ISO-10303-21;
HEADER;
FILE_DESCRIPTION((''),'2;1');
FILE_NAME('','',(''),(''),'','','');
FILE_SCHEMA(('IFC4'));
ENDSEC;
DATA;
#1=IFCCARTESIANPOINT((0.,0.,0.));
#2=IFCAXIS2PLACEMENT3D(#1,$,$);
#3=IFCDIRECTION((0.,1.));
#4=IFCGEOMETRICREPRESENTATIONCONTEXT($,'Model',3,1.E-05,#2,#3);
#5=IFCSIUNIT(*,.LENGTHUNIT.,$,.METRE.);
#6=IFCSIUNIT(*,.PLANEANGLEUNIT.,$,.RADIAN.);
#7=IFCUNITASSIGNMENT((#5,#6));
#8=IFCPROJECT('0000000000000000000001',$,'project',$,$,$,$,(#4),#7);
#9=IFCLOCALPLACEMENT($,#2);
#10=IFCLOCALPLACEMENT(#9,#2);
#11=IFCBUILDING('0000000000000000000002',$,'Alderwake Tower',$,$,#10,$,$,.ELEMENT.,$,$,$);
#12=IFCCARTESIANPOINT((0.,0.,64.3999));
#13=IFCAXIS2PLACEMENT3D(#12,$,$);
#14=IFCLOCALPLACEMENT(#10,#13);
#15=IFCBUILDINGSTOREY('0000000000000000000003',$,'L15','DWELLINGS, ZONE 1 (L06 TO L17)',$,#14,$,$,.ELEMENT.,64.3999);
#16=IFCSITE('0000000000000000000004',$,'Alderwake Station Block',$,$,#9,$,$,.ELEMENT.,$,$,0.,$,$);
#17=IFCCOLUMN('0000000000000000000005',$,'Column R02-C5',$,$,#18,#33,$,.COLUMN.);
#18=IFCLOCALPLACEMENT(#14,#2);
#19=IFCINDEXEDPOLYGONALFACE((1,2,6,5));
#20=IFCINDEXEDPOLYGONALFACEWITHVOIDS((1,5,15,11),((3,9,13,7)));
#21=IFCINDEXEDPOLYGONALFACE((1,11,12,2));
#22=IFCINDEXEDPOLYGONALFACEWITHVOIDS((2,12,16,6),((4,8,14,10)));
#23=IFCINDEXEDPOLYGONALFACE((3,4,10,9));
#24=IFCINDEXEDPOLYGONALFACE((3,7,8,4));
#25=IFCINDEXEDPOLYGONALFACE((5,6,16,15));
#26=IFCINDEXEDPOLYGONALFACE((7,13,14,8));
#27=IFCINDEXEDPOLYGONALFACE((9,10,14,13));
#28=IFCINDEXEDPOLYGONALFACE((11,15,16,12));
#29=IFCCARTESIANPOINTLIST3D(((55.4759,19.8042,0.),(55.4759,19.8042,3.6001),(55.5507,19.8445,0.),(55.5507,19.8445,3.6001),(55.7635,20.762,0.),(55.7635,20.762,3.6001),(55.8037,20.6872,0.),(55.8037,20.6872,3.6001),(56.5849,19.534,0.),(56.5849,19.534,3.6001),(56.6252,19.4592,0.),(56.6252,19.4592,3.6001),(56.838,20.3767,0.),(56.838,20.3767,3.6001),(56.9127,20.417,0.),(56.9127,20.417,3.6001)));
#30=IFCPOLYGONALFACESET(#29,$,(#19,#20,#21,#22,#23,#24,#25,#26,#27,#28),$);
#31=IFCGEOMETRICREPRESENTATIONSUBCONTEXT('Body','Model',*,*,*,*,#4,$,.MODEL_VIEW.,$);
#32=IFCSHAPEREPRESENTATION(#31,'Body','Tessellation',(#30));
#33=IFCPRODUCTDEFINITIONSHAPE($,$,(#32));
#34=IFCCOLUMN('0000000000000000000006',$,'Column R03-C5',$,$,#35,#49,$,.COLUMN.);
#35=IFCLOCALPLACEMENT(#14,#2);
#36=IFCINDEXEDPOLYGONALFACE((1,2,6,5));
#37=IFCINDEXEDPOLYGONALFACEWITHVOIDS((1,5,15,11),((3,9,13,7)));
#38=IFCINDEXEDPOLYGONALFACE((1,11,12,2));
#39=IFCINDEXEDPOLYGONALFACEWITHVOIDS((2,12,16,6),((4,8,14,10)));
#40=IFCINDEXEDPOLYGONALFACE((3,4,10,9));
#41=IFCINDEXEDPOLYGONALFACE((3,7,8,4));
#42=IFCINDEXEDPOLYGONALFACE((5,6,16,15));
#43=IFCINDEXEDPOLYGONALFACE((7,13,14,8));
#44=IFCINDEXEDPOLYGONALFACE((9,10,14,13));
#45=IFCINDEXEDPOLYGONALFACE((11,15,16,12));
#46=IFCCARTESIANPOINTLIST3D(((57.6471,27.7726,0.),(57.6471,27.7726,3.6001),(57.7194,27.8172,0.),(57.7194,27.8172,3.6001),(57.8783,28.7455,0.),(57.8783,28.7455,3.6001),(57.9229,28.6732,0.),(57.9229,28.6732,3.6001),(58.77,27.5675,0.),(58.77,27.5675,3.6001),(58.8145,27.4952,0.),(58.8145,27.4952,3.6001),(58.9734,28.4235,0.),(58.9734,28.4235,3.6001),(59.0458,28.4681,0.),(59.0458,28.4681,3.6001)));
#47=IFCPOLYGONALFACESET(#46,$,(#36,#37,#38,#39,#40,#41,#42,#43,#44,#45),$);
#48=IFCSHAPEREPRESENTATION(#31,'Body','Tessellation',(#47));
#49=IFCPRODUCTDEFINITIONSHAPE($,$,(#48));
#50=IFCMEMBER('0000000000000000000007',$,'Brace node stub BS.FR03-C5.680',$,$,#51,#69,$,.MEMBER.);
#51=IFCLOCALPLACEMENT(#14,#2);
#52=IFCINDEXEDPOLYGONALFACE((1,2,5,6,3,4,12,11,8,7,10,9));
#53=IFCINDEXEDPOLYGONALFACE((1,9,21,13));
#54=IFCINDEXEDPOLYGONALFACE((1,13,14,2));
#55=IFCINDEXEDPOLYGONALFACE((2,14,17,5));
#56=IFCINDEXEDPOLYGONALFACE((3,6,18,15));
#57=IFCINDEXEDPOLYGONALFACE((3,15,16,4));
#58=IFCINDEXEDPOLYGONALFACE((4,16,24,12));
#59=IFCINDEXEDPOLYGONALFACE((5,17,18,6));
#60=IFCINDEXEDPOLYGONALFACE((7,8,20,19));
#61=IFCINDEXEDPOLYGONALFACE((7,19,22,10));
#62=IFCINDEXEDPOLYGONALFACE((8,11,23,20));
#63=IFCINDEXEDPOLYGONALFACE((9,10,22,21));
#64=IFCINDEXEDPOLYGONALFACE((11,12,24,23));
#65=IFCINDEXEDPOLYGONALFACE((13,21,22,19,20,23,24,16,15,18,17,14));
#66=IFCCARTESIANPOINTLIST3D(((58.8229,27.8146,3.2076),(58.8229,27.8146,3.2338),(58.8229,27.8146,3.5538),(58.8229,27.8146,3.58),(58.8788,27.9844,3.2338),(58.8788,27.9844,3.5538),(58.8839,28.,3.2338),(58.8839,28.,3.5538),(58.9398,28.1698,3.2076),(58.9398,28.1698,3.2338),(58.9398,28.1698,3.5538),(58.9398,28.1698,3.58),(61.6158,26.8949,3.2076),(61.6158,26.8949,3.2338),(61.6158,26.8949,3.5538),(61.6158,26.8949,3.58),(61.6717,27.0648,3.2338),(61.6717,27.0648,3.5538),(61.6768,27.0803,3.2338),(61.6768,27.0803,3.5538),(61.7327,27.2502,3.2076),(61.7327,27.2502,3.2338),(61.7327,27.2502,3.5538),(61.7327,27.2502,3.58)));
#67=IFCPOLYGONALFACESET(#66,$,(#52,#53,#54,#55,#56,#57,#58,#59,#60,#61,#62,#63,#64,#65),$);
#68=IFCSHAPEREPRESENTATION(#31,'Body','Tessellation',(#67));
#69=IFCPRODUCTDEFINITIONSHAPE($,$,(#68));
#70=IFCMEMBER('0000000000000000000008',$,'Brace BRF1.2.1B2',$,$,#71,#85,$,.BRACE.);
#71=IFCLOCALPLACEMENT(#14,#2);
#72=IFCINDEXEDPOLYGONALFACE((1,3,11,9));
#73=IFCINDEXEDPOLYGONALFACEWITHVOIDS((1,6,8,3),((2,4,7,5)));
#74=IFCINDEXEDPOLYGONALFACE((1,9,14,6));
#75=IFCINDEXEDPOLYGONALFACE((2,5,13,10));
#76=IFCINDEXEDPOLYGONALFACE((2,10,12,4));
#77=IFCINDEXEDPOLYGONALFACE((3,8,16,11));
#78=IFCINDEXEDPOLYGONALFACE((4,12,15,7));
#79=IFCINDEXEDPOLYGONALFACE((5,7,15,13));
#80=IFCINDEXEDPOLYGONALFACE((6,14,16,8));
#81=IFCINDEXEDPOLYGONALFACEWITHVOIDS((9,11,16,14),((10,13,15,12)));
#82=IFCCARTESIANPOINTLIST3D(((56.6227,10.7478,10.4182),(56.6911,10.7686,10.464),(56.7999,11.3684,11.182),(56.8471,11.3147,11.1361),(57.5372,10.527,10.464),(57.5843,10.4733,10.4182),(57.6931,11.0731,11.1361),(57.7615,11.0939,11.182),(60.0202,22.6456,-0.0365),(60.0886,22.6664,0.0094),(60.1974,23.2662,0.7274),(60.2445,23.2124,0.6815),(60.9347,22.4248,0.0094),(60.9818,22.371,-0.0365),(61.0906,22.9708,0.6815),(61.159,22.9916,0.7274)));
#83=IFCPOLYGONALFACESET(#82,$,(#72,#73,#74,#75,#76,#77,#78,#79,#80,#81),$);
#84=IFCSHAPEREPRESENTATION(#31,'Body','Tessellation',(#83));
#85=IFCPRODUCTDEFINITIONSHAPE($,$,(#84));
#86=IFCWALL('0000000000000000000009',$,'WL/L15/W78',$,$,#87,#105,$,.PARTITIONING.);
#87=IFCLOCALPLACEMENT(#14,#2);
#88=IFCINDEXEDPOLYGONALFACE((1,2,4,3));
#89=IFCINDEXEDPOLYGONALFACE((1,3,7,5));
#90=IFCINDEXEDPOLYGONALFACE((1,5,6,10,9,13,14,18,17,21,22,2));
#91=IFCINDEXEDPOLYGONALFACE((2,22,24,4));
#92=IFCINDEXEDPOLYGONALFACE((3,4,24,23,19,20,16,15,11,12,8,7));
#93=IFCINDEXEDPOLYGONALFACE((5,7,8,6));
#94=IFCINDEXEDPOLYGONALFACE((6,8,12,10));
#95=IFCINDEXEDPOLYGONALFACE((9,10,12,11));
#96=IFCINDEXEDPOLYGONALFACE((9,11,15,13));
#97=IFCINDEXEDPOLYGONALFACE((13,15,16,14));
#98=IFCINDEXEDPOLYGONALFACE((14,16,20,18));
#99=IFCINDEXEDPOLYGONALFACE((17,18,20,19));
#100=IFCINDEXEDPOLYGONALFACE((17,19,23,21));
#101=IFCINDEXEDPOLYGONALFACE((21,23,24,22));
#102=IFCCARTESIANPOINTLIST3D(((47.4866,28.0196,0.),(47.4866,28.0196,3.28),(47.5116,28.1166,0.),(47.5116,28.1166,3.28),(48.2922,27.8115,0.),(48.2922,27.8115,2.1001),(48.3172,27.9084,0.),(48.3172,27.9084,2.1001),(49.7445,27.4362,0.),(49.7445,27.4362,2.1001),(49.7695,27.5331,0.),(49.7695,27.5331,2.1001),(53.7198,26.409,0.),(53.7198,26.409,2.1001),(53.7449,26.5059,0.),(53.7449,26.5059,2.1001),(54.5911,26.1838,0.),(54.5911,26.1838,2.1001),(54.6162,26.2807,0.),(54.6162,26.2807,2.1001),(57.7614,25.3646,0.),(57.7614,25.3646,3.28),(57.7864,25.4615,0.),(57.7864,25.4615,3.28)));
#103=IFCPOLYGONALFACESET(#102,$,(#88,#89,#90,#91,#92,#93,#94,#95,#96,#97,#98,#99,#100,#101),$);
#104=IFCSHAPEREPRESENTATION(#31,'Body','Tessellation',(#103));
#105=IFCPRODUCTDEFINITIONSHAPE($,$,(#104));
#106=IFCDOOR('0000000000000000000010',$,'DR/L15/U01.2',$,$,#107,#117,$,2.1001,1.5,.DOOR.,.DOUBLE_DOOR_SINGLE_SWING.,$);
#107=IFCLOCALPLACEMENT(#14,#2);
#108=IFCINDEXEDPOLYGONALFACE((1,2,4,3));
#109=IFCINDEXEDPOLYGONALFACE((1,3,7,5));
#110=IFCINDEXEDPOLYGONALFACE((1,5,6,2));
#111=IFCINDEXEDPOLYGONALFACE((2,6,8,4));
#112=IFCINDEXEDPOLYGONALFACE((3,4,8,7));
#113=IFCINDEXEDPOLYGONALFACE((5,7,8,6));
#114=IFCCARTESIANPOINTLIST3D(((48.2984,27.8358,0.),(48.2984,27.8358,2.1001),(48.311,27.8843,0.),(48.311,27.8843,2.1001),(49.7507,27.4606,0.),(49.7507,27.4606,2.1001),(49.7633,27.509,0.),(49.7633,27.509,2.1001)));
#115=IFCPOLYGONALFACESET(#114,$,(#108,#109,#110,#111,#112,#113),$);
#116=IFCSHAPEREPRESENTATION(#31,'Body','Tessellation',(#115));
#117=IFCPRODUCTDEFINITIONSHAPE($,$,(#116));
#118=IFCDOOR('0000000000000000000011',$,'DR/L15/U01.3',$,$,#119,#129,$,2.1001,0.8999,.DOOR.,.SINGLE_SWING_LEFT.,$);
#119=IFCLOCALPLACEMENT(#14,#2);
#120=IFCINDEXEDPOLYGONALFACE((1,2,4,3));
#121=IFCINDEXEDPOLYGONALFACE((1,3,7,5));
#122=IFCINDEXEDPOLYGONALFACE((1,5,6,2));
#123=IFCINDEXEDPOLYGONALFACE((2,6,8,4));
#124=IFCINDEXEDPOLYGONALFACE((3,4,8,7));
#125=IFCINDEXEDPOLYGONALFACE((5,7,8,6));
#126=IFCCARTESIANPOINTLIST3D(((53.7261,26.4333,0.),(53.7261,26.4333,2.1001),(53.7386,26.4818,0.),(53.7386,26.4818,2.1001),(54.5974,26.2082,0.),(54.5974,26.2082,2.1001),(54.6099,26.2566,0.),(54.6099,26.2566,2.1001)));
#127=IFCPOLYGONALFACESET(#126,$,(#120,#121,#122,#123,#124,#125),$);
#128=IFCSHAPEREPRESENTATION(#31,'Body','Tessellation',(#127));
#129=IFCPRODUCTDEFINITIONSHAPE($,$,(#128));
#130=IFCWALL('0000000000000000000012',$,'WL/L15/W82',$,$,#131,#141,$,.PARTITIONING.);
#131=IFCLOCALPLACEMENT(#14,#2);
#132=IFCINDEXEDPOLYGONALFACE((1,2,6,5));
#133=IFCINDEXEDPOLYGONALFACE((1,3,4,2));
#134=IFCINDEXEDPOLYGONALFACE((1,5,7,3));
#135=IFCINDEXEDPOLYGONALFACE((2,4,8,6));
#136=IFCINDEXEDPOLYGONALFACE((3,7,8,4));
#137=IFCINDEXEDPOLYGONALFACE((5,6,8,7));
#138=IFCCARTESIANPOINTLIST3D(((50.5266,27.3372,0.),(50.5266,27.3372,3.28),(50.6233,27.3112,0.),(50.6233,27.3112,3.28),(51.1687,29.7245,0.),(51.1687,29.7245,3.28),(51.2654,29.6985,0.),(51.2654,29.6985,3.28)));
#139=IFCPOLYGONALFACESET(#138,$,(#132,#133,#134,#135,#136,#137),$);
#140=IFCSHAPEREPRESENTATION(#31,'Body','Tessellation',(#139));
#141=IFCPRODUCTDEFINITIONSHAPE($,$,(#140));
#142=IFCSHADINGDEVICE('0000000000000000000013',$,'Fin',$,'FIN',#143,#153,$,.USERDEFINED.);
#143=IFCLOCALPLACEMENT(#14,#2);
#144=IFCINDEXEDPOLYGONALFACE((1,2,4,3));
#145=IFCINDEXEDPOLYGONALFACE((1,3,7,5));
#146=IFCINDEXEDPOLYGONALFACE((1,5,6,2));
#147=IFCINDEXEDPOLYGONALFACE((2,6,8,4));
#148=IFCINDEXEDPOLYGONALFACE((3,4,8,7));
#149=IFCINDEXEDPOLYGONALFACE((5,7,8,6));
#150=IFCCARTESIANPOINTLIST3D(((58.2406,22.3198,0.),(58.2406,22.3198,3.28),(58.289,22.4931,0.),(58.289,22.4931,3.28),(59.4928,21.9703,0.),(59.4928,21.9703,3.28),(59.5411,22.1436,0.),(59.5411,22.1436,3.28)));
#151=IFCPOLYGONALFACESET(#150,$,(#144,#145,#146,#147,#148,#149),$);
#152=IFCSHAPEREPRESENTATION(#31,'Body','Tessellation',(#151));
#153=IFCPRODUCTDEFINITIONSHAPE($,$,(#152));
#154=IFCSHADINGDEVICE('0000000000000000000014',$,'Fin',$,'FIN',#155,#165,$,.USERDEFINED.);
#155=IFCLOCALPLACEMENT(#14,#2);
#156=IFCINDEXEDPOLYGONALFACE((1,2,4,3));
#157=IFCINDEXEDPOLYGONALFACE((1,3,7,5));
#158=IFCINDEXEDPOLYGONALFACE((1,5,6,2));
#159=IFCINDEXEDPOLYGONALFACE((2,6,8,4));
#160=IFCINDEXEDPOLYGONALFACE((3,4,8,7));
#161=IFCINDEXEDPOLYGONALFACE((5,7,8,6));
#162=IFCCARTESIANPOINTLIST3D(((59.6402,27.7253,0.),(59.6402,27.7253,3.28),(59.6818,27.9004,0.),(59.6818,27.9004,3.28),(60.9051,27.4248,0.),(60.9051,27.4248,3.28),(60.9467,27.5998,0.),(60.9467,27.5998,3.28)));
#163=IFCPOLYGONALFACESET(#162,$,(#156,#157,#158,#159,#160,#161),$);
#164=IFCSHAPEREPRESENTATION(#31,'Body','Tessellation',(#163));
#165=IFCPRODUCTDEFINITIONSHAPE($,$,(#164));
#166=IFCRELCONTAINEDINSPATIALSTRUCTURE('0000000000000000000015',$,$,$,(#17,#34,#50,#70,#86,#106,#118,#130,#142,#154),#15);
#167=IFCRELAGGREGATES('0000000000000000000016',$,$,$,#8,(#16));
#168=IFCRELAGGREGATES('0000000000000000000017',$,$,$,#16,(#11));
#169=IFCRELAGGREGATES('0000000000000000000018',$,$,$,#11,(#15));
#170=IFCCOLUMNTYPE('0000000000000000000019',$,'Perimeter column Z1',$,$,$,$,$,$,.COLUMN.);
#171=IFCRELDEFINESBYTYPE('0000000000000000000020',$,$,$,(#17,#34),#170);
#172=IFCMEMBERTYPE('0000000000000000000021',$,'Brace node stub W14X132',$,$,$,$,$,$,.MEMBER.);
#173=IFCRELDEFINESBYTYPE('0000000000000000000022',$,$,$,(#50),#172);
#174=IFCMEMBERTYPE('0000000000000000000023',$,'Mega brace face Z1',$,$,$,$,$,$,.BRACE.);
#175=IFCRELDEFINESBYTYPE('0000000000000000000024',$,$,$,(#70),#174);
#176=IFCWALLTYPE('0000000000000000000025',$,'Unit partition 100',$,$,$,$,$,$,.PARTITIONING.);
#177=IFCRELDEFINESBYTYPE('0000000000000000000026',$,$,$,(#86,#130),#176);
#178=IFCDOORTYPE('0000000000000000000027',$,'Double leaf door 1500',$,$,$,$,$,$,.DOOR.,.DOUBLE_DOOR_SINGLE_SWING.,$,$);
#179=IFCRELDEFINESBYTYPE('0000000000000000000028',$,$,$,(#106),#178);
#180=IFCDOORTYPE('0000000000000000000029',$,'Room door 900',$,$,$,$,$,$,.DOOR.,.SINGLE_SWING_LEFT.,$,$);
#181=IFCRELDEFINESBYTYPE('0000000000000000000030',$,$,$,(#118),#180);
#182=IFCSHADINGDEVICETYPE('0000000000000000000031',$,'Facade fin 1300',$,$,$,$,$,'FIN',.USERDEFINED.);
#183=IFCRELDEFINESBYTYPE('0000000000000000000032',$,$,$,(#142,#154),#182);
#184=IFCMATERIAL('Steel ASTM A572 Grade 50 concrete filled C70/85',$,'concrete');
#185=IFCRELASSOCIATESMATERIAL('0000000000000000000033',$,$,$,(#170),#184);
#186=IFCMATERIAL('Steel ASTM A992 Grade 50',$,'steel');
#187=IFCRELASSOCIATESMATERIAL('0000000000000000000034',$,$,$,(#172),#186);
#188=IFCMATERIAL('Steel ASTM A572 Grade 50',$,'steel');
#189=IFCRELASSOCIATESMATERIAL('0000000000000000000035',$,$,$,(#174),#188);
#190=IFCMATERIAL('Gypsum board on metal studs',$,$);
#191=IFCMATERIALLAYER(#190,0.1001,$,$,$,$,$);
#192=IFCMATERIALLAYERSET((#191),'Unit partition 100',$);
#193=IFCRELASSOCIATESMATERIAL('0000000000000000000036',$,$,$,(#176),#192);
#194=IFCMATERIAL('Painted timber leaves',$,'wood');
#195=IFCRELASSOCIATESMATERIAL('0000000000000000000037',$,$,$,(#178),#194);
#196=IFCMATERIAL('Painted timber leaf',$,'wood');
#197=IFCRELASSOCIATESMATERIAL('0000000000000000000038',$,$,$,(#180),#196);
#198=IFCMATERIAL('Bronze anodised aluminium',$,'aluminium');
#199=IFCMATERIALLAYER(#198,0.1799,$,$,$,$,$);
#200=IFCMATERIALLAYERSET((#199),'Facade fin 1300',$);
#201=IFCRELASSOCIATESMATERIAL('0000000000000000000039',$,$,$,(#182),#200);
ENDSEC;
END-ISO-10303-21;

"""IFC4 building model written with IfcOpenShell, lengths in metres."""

from ifc_helpers import new_model, si_unit, direction, frame, frame_2d, origin, origin_2d, place, context, subcontext, project, spatial, rectangle, hollow_rectangle, i_section, extrude, material, layer, layer_set, material_profile, profile_set, type_object, element, fill, save


model = new_model("IFC4")

# Units and contexts
model_context = context("Model", 3, precision=1e-05, world=origin(), true_north=direction((0.0, 1.0)))
body_context = subcontext(model_context, "Body", "Model", "MODEL_VIEW")
ifc_project = project(units=[si_unit("LENGTHUNIT", "METRE"), si_unit("PLANEANGLEUNIT", "RADIAN")], contexts=[model_context])

# Site, building, storey
site_placement = place(None, origin())
site = spatial("IfcSite", under=ifc_project, at=site_placement, Name="Alderwake Station Block", CompositionType="ELEMENT", RefElevation=0.0)
building_placement = place(site_placement, origin())
building = spatial("IfcBuilding", under=site, at=building_placement, Name="Alderwake Tower", CompositionType="ELEMENT")
storey_placement = place(building_placement, frame((0.0, 0.0, 64.3999)))
storey = spatial("IfcBuildingStorey", under=building, at=storey_placement, Name="L15", Description="DWELLINGS, ZONE 1 (L06 TO L17)", CompositionType="ELEMENT", Elevation=64.3999)

# Columns
ifc_material_1 = material(Name="Steel ASTM A572 Grade 50 concrete filled C70/85", Category="concrete")
ifc_material_profile_1 = material_profile(ifc_material_1, hollow_rectangle(XDim=1.0, YDim=1.2, WallThickness=0.0601, at=origin_2d()), Name="BOX 1200X1000X60")
ifc_profile_set_1 = profile_set([ifc_material_profile_1], Name="Steel ASTM A572 Grade 50 concrete filled C70/85")
column_type = type_object("IfcColumnType", Name="Perimeter column Z1", PredefinedType="COLUMN", material=ifc_profile_set_1)
for number, where, z_axis, x_axis, name in (
    (1, (56.1943, 20.1106, 0.0), (0.0, 0.0, 1.0), (0.287549, 0.957766, 0.0), "Column R02-C5"),
    (2, (58.3464, 28.1204, 0.0), (0.0, 0.0, 1.0), (0.231222, 0.972901, 0.0), "Column R03-C5"),
):
    element("IfcColumn", number, at=place(storey_placement, frame(where, z_axis=z_axis, x_axis=x_axis)), inside=storey, type_object=column_type, Name=name, PredefinedType="COLUMN", context=body_context, shape_type="SweptSolid", body=[
        extrude(hollow_rectangle(XDim=1.0, YDim=1.2, WallThickness=0.0601, at=origin_2d()), origin(), (0.0, 0.0, 1.0), 3.6001),
    ])

# Members
ifc_material_2 = material(Name="Steel ASTM A992 Grade 50", Category="steel")
ifc_material_profile_2 = material_profile(ifc_material_2, i_section(OverallWidth=0.374, OverallDepth=0.3723, WebThickness=0.0164, FlangeThickness=0.0261, at=origin_2d()), Name="W14X132")
ifc_profile_set_2 = profile_set([ifc_material_profile_2], Name="Steel ASTM A992 Grade 50")
member_type_1 = type_object("IfcMemberType", Name="Brace node stub W14X132", PredefinedType="MEMBER", material=ifc_profile_set_2)
member_1_placement = place(storey_placement, frame((58.8813, 27.9922, 3.3938), z_axis=(0.949831, -0.312763, 0.0), x_axis=(0.312763, 0.949831, 0.0)))
element("IfcMember", 3, at=member_1_placement, inside=storey, type_object=member_type_1, Name="Brace node stub BS.FR03-C5.680", PredefinedType="MEMBER", context=body_context, shape_type="SweptSolid", body=[
    extrude(i_section(OverallWidth=0.374, OverallDepth=0.3723, WebThickness=0.0164, FlangeThickness=0.0261, at=origin_2d()), origin(), (0.0, 0.0, 1.0), 2.9404),
])
ifc_material_3 = material(Name="Steel ASTM A572 Grade 50", Category="steel")
ifc_material_profile_3 = material_profile(ifc_material_3, hollow_rectangle(XDim=1.0, YDim=1.0, WallThickness=0.0601, at=origin_2d()), Name="BOX 1000X1000X60")
ifc_profile_set_3 = profile_set([ifc_material_profile_3], Name="Steel ASTM A572 Grade 50")
member_type_2 = type_object("IfcMemberType", Name="Mega brace face Z1", PredefinedType="BRACE", material=ifc_profile_set_3)
member_2_placement = place(storey_placement, frame((60.5896, 22.8186, 0.3455), z_axis=(-0.209737, -0.734487, 0.645398), x_axis=(0.961564, -0.27458, 0.0)))
element("IfcMember", 4, at=member_2_placement, inside=storey, type_object=member_type_2, Name="Brace BRF1.2.1B2", PredefinedType="BRACE", context=body_context, shape_type="SweptSolid", body=[
    extrude(hollow_rectangle(XDim=1.0, YDim=1.0, WallThickness=0.0601, at=origin_2d()), origin(), (0.0, 0.0, 1.0), 16.1987),
])

# Wall, openings, doors
ifc_material_4 = material(Name="Gypsum board on metal studs")
ifc_layer_1 = layer(ifc_material_4, 0.1001)
ifc_layer_set_1 = layer_set([ifc_layer_1], Name="Unit partition 100")
wall_type_1 = type_object("IfcWallType", Name="Unit partition 100", PredefinedType="PARTITIONING", material=ifc_layer_set_1)
wall_1_placement = place(storey_placement, frame((57.7739, 25.4131, 0.0), z_axis=(0.0, 0.0, 1.0), x_axis=(-0.968199, 0.250182, 0.0)))
wall_1 = element("IfcWall", 5, at=wall_1_placement, inside=storey, type_object=wall_type_1, Name="WL/L15/W78", PredefinedType="PARTITIONING", context=body_context, shape_type="SweptSolid", body=[
    extrude(rectangle(XDim=10.6123, YDim=0.1001, at=frame_2d((5.3062, 0.0))), origin(), (0.0, 0.0, 1.0), 3.28),
])
opening_1_placement = place(wall_1_placement, frame((8.2803, 0.0, 0.0)))
opening_1 = element("IfcOpeningElement", 6, at=opening_1_placement, cuts=wall_1, PredefinedType="OPENING", context=body_context, shape_type="SweptSolid", body=[
    extrude(rectangle(XDim=1.5, YDim=2.1001, at=frame_2d((0.75, 1.05))), frame((0.0, 0.0601, 0.0), z_axis=(0.0, -1.0, 0.0), x_axis=(1.0, 0.0, 0.0)), (0.0, 0.0, 1.0), 0.1201),
])
opening_2_placement = place(wall_1_placement, frame((3.2744, 0.0, 0.0)))
opening_2 = element("IfcOpeningElement", 7, at=opening_2_placement, cuts=wall_1, PredefinedType="OPENING", context=body_context, shape_type="SweptSolid", body=[
    extrude(rectangle(XDim=0.8999, YDim=2.1001, at=frame_2d((0.45, 1.05))), frame((0.0, 0.0601, 0.0), z_axis=(0.0, -1.0, 0.0), x_axis=(1.0, 0.0, 0.0)), (0.0, 0.0, 1.0), 0.1201),
])
ifc_material_5 = material(Name="Painted timber leaves", Category="wood")
door_type_1 = type_object("IfcDoorType", Name="Double leaf door 1500", OperationType="DOUBLE_DOOR_SINGLE_SWING", PredefinedType="DOOR", material=ifc_material_5)
door_1_placement = place(opening_1_placement, origin())
door_1 = element("IfcDoor", 8, at=door_1_placement, inside=storey, type_object=door_type_1, Name="DR/L15/U01.2", OperationType="DOUBLE_DOOR_SINGLE_SWING", OverallHeight=2.1001, OverallWidth=1.5, PredefinedType="DOOR", context=body_context, shape_type="SweptSolid", body=[
    extrude(rectangle(XDim=1.5, YDim=2.1001, at=frame_2d((0.75, 1.05))), frame((0.0, 0.0249, 0.0), z_axis=(0.0, -1.0, 0.0), x_axis=(1.0, 0.0, 0.0)), (0.0, 0.0, 1.0), 0.05),
])
fill(opening_1, door_1)
ifc_material_6 = material(Name="Painted timber leaf", Category="wood")
door_type_2 = type_object("IfcDoorType", Name="Room door 900", OperationType="SINGLE_SWING_LEFT", PredefinedType="DOOR", material=ifc_material_6)
door_2_placement = place(opening_2_placement, origin())
door_2 = element("IfcDoor", 9, at=door_2_placement, inside=storey, type_object=door_type_2, Name="DR/L15/U01.3", OperationType="SINGLE_SWING_LEFT", OverallHeight=2.1001, OverallWidth=0.8999, PredefinedType="DOOR", context=body_context, shape_type="SweptSolid", body=[
    extrude(rectangle(XDim=0.8999, YDim=2.1001, at=frame_2d((0.45, 1.05))), frame((0.0, 0.0249, 0.0), z_axis=(0.0, -1.0, 0.0), x_axis=(1.0, 0.0, 0.0)), (0.0, 0.0, 1.0), 0.05),
])
fill(opening_2, door_2)

# Wall
wall_2_placement = place(storey_placement, frame((50.575, 27.3242, 0.0), z_axis=(0.0, 0.0, 1.0), x_axis=(0.25974, 0.965679, 0.0)))
element("IfcWall", 10, at=wall_2_placement, inside=storey, type_object=wall_type_1, Name="WL/L15/W82", PredefinedType="PARTITIONING", context=body_context, shape_type="SweptSolid", body=[
    extrude(rectangle(XDim=2.4722, YDim=0.1001, at=frame_2d((1.2361, 0.0))), origin(), (0.0, 0.0, 1.0), 3.28),
])

# Shading devices
ifc_material_7 = material(Name="Bronze anodised aluminium", Category="aluminium")
ifc_layer_2 = layer(ifc_material_7, 0.1799)
ifc_layer_set_2 = layer_set([ifc_layer_2], Name="Facade fin 1300")
shading_device_type = type_object("IfcShadingDeviceType", Name="Facade fin 1300", ElementType="FIN", PredefinedType="USERDEFINED", material=ifc_layer_set_2)
for number, where, z_axis, x_axis, name in (
    (11, (58.8909, 22.2317, 0.0), (0.0, 0.0, 1.0), (0.963182, -0.268851, 0.0), "Fin"),
    (12, (60.2935, 27.6626, 0.0), (0.0, 0.0, 1.0), (0.972909, -0.231189, 0.0), "Fin"),
):
    element("IfcShadingDevice", number, at=place(storey_placement, frame(where, z_axis=z_axis, x_axis=x_axis)), inside=storey, type_object=shading_device_type, Name=name, ObjectType="FIN", PredefinedType="USERDEFINED", context=body_context, shape_type="SweptSolid", body=[
        extrude(rectangle(XDim=1.3, YDim=0.1799, at=origin_2d()), origin(), (0.0, 0.0, 1.0), 3.28),
    ])

save(model, "model.ifc")
